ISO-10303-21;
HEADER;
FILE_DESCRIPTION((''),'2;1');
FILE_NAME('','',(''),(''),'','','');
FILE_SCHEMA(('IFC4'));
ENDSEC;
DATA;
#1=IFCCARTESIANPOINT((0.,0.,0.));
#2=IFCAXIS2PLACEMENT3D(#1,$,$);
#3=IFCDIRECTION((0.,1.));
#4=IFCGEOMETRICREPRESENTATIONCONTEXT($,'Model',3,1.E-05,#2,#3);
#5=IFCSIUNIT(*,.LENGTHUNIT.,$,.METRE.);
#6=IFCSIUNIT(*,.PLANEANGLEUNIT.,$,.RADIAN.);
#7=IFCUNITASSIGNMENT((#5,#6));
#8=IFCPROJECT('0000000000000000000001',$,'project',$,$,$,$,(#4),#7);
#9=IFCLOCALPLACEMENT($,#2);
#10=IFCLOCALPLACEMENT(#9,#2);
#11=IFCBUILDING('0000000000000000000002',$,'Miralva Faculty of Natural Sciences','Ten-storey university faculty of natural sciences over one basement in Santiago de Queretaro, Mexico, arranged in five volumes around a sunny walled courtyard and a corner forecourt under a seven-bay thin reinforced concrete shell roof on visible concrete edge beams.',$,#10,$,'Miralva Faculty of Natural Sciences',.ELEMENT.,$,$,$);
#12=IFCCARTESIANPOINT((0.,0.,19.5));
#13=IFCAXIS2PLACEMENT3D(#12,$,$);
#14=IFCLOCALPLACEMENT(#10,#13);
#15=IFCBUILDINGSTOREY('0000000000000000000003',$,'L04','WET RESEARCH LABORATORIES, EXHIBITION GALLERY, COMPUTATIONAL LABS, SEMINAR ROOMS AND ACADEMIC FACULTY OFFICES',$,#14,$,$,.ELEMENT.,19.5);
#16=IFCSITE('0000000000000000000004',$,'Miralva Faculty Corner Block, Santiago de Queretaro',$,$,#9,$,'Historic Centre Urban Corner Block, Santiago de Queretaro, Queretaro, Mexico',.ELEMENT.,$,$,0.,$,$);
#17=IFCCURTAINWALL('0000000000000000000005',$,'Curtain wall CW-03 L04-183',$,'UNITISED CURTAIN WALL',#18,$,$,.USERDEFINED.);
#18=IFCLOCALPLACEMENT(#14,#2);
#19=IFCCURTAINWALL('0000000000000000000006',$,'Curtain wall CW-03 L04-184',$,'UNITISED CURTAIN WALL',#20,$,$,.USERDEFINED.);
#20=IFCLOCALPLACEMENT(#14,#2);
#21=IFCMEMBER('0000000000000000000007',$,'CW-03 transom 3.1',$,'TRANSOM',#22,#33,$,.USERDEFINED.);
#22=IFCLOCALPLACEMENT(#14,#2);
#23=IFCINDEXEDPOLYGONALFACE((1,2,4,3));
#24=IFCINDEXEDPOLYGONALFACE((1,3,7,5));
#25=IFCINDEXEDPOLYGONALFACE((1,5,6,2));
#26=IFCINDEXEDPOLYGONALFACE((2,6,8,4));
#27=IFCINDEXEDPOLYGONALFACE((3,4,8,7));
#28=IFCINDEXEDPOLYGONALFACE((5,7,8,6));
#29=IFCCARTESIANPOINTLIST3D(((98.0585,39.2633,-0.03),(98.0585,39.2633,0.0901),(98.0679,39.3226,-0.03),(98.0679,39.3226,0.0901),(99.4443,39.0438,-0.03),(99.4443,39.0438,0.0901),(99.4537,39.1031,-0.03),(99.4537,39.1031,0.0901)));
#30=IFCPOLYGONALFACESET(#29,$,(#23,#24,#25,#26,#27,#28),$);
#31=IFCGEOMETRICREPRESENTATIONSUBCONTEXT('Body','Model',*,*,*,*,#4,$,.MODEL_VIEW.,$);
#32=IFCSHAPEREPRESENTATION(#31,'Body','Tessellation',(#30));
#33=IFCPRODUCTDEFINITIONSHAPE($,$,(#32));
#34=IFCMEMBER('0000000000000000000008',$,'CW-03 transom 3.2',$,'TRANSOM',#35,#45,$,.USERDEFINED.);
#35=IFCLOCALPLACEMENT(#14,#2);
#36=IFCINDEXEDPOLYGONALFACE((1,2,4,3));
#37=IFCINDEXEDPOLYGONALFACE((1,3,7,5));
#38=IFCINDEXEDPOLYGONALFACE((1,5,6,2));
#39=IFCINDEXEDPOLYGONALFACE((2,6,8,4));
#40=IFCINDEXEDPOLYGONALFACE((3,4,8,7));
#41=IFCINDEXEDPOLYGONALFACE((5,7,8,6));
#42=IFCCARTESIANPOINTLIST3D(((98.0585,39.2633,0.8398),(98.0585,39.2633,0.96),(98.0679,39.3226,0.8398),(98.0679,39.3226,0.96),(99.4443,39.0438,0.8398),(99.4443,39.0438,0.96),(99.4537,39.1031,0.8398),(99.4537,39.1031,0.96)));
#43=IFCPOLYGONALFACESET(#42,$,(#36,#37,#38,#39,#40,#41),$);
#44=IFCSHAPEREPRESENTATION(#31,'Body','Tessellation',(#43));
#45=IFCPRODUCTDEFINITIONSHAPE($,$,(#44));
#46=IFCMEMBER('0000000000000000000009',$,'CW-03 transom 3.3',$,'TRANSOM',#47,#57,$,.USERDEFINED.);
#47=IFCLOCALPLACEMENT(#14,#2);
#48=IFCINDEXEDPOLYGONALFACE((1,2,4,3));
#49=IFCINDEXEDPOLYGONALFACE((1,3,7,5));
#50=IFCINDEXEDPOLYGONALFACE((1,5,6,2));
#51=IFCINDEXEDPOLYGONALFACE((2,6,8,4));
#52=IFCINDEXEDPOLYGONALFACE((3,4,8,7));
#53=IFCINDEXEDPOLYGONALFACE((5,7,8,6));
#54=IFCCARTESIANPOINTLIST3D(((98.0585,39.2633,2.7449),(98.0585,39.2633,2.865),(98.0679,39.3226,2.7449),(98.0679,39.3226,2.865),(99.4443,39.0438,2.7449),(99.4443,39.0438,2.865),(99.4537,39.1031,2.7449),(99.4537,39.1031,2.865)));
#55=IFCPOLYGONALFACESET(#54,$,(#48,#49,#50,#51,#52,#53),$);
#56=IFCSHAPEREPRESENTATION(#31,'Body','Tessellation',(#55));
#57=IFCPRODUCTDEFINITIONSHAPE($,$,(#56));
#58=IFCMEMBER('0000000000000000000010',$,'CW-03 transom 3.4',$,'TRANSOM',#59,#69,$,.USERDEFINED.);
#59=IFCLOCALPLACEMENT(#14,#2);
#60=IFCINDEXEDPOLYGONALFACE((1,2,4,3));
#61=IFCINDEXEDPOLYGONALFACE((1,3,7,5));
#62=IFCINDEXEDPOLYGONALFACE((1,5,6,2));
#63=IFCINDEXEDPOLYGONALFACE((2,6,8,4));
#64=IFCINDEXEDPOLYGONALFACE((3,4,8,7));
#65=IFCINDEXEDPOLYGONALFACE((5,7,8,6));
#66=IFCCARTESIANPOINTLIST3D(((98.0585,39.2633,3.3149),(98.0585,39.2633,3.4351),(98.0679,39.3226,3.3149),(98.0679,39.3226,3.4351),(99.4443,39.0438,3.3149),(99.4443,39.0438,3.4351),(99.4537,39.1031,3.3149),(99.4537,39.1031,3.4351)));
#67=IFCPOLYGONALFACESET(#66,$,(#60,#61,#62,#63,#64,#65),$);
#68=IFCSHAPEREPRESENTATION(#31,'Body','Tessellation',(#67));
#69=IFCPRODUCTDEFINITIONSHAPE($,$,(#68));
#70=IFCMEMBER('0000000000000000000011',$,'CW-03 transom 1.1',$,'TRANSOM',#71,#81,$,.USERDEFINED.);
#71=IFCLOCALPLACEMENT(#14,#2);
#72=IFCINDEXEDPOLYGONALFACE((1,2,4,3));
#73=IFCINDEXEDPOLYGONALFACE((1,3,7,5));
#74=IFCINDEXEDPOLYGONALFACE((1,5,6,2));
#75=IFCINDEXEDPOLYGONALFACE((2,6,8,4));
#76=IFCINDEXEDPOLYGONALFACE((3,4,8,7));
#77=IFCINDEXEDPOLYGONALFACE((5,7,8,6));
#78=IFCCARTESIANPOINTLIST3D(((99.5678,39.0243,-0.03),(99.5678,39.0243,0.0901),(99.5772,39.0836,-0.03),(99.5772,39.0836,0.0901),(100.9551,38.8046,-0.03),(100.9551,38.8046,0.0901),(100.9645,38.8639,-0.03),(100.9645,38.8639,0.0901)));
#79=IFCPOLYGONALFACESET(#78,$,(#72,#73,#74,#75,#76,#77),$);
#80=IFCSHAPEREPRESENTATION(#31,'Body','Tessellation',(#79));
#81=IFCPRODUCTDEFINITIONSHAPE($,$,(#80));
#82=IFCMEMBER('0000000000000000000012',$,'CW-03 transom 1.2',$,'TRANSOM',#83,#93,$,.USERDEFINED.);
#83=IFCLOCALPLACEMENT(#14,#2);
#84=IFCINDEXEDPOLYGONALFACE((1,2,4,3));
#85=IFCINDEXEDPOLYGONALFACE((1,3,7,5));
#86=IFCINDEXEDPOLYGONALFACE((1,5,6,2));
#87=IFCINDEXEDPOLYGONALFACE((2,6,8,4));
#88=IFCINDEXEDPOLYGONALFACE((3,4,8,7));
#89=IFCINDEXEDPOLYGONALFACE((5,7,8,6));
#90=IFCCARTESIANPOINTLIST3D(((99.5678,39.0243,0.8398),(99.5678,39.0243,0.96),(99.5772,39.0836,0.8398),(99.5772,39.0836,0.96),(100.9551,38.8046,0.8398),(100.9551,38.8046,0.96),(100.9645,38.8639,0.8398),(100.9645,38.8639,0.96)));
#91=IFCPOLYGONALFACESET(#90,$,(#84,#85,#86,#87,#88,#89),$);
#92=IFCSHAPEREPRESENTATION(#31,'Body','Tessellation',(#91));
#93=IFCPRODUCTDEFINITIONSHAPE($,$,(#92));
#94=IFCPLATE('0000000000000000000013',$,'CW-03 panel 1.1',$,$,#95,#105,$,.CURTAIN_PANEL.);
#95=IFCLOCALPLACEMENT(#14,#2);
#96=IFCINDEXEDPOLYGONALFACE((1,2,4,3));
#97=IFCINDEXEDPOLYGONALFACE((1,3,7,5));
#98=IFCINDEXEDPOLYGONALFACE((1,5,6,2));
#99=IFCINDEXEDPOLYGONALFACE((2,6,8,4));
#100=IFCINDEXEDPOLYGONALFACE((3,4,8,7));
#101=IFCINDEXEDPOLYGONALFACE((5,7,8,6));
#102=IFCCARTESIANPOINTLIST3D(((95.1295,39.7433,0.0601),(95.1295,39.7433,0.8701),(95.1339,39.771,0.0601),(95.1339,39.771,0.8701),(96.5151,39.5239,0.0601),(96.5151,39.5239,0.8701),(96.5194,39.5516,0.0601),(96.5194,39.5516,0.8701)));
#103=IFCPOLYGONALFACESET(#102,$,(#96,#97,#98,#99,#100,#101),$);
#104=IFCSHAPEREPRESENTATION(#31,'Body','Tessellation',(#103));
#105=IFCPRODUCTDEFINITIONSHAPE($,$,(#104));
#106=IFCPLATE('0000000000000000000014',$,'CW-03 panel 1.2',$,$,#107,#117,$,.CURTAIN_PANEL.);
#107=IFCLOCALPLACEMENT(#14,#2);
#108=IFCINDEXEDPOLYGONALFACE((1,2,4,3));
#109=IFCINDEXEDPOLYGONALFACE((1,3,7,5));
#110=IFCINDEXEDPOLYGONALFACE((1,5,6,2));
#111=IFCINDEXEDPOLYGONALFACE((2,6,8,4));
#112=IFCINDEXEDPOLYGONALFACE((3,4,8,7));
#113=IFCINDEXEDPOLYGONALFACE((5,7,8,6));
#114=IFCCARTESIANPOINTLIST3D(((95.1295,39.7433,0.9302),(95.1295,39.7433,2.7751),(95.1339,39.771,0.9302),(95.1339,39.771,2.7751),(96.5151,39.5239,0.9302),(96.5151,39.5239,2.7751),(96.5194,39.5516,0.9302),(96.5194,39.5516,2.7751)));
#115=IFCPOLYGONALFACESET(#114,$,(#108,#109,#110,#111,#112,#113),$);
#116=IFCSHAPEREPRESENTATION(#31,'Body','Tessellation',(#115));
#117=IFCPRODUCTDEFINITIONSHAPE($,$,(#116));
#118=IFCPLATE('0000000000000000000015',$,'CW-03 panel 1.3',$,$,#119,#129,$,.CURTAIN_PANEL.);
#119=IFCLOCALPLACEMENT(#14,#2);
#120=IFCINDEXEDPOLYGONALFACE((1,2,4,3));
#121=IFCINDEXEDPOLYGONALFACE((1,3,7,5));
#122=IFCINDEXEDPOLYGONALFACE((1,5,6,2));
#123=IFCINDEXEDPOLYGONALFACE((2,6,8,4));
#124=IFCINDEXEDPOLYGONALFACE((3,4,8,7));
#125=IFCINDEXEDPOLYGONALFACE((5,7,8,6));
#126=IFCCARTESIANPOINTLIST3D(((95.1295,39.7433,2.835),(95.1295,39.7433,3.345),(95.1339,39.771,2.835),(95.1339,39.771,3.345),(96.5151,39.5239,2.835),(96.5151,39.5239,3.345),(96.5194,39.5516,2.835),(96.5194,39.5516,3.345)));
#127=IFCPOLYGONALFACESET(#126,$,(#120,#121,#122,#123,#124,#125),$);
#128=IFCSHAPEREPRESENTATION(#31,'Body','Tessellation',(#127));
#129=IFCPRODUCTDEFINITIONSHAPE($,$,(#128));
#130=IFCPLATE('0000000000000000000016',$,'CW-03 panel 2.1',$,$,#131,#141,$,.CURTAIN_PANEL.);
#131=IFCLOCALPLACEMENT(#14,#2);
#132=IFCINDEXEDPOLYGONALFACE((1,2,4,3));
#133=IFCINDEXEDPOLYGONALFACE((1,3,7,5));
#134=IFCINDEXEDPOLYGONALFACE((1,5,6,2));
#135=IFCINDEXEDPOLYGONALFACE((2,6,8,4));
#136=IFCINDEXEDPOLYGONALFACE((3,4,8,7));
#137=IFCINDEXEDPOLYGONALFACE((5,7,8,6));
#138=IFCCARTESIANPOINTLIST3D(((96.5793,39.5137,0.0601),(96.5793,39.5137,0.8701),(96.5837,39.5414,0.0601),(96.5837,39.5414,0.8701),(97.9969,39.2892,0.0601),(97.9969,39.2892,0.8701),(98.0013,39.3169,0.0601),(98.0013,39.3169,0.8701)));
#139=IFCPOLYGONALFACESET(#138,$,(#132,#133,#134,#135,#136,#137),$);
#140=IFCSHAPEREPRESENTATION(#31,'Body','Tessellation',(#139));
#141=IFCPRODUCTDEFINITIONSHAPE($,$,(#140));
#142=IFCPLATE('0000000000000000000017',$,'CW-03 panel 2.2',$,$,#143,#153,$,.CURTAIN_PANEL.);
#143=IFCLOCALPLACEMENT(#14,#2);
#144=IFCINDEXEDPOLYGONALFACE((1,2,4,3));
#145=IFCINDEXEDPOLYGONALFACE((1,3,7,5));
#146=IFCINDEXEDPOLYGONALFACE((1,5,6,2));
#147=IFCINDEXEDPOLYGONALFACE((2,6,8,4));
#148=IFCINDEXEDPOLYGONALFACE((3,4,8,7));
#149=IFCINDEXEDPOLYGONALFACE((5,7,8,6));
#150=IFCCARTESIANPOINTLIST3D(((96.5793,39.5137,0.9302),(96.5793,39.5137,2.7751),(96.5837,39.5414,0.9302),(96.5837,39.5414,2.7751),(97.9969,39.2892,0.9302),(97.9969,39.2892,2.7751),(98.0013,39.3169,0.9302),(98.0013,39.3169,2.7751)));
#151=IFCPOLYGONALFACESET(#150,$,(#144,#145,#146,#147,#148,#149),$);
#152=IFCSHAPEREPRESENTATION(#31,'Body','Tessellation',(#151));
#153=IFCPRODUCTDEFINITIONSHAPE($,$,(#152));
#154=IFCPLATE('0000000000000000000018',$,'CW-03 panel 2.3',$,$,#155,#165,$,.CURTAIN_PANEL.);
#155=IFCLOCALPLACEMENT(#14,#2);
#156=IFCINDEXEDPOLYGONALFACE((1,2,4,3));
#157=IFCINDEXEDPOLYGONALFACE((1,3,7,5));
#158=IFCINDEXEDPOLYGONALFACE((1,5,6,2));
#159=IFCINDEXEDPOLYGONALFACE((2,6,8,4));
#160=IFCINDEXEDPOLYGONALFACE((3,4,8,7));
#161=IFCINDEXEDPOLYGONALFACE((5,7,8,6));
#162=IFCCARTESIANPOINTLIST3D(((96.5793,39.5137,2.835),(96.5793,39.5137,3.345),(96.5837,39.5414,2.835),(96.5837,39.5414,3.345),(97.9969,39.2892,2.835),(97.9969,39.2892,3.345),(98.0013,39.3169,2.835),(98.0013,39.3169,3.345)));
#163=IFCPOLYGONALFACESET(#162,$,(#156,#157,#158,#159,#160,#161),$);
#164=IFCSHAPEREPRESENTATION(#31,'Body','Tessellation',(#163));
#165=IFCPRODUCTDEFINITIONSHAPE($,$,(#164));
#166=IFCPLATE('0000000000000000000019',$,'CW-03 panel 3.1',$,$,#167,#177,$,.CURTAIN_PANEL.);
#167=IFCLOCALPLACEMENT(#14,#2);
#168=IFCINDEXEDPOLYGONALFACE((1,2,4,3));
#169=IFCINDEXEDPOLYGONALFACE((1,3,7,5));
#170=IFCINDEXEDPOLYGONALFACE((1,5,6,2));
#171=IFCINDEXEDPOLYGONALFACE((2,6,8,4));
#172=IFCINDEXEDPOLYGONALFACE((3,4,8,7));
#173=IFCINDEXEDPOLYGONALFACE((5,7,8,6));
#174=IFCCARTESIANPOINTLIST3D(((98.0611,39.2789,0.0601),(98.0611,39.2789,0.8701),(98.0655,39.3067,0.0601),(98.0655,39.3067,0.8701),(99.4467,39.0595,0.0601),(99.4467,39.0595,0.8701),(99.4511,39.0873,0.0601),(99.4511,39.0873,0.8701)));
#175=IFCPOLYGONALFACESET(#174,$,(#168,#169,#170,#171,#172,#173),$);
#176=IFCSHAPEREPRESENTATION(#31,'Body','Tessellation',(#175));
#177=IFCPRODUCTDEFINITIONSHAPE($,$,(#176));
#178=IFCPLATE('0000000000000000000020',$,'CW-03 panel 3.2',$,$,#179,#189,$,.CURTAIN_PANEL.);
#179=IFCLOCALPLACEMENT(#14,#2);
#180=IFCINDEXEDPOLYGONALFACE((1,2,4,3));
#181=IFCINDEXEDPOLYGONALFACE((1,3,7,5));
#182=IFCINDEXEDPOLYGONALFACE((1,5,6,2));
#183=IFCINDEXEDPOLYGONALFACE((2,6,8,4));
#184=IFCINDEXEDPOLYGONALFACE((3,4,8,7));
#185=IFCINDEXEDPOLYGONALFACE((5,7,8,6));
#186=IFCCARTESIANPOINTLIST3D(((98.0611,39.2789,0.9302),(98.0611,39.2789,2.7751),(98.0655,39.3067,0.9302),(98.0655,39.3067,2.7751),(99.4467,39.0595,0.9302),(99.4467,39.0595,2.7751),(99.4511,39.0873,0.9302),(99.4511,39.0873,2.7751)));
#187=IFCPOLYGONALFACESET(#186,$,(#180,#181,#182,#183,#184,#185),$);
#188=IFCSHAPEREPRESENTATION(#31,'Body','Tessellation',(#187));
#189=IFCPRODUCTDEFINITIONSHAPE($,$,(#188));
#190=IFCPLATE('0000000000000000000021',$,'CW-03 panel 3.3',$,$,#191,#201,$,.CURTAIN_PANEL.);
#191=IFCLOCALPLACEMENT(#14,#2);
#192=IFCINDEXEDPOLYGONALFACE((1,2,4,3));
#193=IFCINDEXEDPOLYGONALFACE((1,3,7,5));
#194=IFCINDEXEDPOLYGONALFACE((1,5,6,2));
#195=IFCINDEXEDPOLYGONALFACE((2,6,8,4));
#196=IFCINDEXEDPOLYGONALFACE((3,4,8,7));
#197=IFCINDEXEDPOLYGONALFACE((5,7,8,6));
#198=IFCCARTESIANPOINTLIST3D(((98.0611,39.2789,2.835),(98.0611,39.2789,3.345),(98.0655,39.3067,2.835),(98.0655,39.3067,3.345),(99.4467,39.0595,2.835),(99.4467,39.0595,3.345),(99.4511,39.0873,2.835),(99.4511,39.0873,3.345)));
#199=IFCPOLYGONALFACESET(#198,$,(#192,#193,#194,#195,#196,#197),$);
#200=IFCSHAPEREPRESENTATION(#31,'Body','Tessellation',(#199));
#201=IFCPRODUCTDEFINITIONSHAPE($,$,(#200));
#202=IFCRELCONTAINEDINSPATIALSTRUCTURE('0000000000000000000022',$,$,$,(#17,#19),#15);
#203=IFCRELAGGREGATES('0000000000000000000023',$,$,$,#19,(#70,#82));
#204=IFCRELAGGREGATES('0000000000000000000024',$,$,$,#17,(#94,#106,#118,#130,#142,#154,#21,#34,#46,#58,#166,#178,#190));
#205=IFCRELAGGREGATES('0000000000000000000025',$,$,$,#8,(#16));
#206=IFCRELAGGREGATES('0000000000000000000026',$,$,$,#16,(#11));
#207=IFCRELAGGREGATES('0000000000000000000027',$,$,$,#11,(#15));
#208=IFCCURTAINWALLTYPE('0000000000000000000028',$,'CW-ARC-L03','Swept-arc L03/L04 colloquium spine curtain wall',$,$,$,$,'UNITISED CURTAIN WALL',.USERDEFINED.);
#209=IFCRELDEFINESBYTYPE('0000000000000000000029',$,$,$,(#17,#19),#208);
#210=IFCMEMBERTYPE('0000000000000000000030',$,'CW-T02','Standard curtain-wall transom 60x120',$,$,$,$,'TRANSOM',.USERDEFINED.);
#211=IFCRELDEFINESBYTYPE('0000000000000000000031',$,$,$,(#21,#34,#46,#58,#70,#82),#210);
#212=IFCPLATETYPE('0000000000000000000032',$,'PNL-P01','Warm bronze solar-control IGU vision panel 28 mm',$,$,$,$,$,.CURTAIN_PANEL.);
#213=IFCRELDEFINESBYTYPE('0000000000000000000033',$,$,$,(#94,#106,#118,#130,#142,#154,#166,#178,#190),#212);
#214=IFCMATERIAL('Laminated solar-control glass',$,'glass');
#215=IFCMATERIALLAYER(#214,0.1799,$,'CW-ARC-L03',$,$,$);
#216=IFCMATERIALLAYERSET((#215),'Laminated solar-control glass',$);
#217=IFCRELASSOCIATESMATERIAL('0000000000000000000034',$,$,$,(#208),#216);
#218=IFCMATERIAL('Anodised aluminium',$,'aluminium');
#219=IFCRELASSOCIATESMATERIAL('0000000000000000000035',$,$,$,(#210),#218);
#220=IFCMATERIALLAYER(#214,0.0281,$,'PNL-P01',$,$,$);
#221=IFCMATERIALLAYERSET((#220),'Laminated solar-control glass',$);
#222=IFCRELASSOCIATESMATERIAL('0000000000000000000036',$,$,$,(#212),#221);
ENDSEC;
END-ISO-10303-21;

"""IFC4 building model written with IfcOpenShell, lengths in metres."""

from ifc_helpers import new_model, si_unit, direction, frame, origin, origin_2d, place, context, subcontext, project, spatial, rectangle, extrude, material, layer, layer_set, material_profile, profile_set, type_object, element, aggregate, save


model = new_model("IFC4")

# Units and contexts
model_context = context("Model", 3, precision=1e-05, world=origin(), true_north=direction((0.0, 1.0)))
body_context = subcontext(model_context, "Body", "Model", "MODEL_VIEW")
ifc_project = project(units=[si_unit("LENGTHUNIT", "METRE"), si_unit("PLANEANGLEUNIT", "RADIAN")], contexts=[model_context])

# Site, building, storey
site_placement = place(None, origin())
site = spatial("IfcSite", under=ifc_project, at=site_placement, Name="Miralva Faculty Corner Block, Santiago de Queretaro", LongName="Historic Centre Urban Corner Block, Santiago de Queretaro, Queretaro, Mexico", CompositionType="ELEMENT", RefElevation=0.0)
building_placement = place(site_placement, origin())
building = spatial("IfcBuilding", under=site, at=building_placement, Name="Miralva Faculty of Natural Sciences", Description="Ten-storey university faculty of natural sciences over one basement in Santiago de Queretaro, Mexico, arranged in five volumes around a sunny walled courtyard and a corner forecourt under a seven-bay thin reinforced concrete shell roof on visible concrete edge beams.", LongName="Miralva Faculty of Natural Sciences", CompositionType="ELEMENT")
storey_placement = place(building_placement, frame((0.0, 0.0, 19.5)))
storey = spatial("IfcBuildingStorey", under=building, at=storey_placement, Name="L04", Description="WET RESEARCH LABORATORIES, EXHIBITION GALLERY, COMPUTATIONAL LABS, SEMINAR ROOMS AND ACADEMIC FACULTY OFFICES", CompositionType="ELEMENT", Elevation=19.5)

# Curtain wall
ifc_material_1 = material(Name="Laminated solar-control glass", Category="glass")
ifc_layer_1 = layer(ifc_material_1, 0.1799, Name="CW-ARC-L03")
ifc_layer_set_1 = layer_set([ifc_layer_1], Name="Laminated solar-control glass")
curtain_wall_type = type_object("IfcCurtainWallType", Name="CW-ARC-L03", Description="Swept-arc L03/L04 colloquium spine curtain wall", ElementType="UNITISED CURTAIN WALL", PredefinedType="USERDEFINED", material=ifc_layer_set_1)
curtain_wall_1_placement = place(storey_placement, origin())
curtain_wall_1 = element("IfcCurtainWall", 1, at=curtain_wall_1_placement, inside=storey, type_object=curtain_wall_type, Name="Curtain wall CW-03 L04-183", ObjectType="UNITISED CURTAIN WALL", PredefinedType="USERDEFINED")
ifc_material_2 = material(Name="Anodised aluminium", Category="aluminium")

# Curtain wall
curtain_wall_2_placement = place(storey_placement, origin())
curtain_wall_2 = element("IfcCurtainWall", 2, at=curtain_wall_2_placement, inside=storey, type_object=curtain_wall_type, Name="Curtain wall CW-03 L04-184", ObjectType="UNITISED CURTAIN WALL", PredefinedType="USERDEFINED")

# Members
ifc_material_profile_1 = material_profile(ifc_material_2, rectangle(XDim=0.0601, YDim=0.1201, at=origin_2d()), Name="TRANSOM 60x120")
ifc_profile_set_1 = profile_set([ifc_material_profile_1], Name="Anodised aluminium")
member_type_1 = type_object("IfcMemberType", Name="CW-T02", Description="Standard curtain-wall transom 60x120", ElementType="TRANSOM", PredefinedType="USERDEFINED", material=ifc_profile_set_1)
member_1_placement = place(storey_placement, frame((98.0632, 39.293, 0.03), z_axis=(0.987688, -0.156436, 0.0), x_axis=(0.156436, 0.987688, 0.0)))
member_1 = element("IfcMember", 3, at=member_1_placement, type_object=member_type_1, Name="CW-03 transom 3.1", ObjectType="TRANSOM", PredefinedType="USERDEFINED", context=body_context, shape_type="SweptSolid", body=[
    extrude(rectangle(XDim=0.0601, YDim=0.1201, at=origin_2d()), origin(), (0.0, 0.0, 1.0), 1.4031),
])
member_2_placement = place(storey_placement, frame((98.0632, 39.293, 0.8999), z_axis=(0.987688, -0.156436, 0.0), x_axis=(0.156436, 0.987688, 0.0)))
member_2 = element("IfcMember", 4, at=member_2_placement, type_object=member_type_1, Name="CW-03 transom 3.2", ObjectType="TRANSOM", PredefinedType="USERDEFINED", context=body_context, shape_type="SweptSolid", body=[
    extrude(rectangle(XDim=0.0601, YDim=0.1201, at=origin_2d()), origin(), (0.0, 0.0, 1.0), 1.4031),
])
member_3_placement = place(storey_placement, frame((98.0632, 39.293, 2.8049), z_axis=(0.987688, -0.156436, 0.0), x_axis=(0.156436, 0.987688, 0.0)))
member_3 = element("IfcMember", 5, at=member_3_placement, type_object=member_type_1, Name="CW-03 transom 3.3", ObjectType="TRANSOM", PredefinedType="USERDEFINED", context=body_context, shape_type="SweptSolid", body=[
    extrude(rectangle(XDim=0.0601, YDim=0.1201, at=origin_2d()), origin(), (0.0, 0.0, 1.0), 1.4031),
])
member_4_placement = place(storey_placement, frame((98.0632, 39.293, 3.375), z_axis=(0.987688, -0.156436, 0.0), x_axis=(0.156436, 0.987688, 0.0)))
member_4 = element("IfcMember", 6, at=member_4_placement, type_object=member_type_1, Name="CW-03 transom 3.4", ObjectType="TRANSOM", PredefinedType="USERDEFINED", context=body_context, shape_type="SweptSolid", body=[
    extrude(rectangle(XDim=0.0601, YDim=0.1201, at=origin_2d()), origin(), (0.0, 0.0, 1.0), 1.4031),
])
member_5_placement = place(storey_placement, frame((99.5725, 39.054, 0.03), z_axis=(0.987687, -0.156445, 0.0), x_axis=(0.156445, 0.987687, 0.0)))
member_5 = element("IfcMember", 7, at=member_5_placement, type_object=member_type_1, Name="CW-03 transom 1.1", ObjectType="TRANSOM", PredefinedType="USERDEFINED", context=body_context, shape_type="SweptSolid", body=[
    extrude(rectangle(XDim=0.0601, YDim=0.1201, at=origin_2d()), origin(), (0.0, 0.0, 1.0), 1.4045),
])
member_6_placement = place(storey_placement, frame((99.5725, 39.054, 0.8999), z_axis=(0.987687, -0.156445, 0.0), x_axis=(0.156445, 0.987687, 0.0)))
member_6 = element("IfcMember", 8, at=member_6_placement, type_object=member_type_1, Name="CW-03 transom 1.2", ObjectType="TRANSOM", PredefinedType="USERDEFINED", context=body_context, shape_type="SweptSolid", body=[
    extrude(rectangle(XDim=0.0601, YDim=0.1201, at=origin_2d()), origin(), (0.0, 0.0, 1.0), 1.4045),
])
aggregate(curtain_wall_2, [member_5, member_6])

# Plates
ifc_layer_2 = layer(ifc_material_1, 0.0281, Name="PNL-P01")
ifc_layer_set_2 = layer_set([ifc_layer_2], Name="Laminated solar-control glass")
plate_type = type_object("IfcPlateType", Name="PNL-P01", Description="Warm bronze solar-control IGU vision panel 28 mm", PredefinedType="CURTAIN_PANEL", material=ifc_layer_set_2)
plate_1_placement = place(storey_placement, frame((95.8245, 39.6475, 0.0601), z_axis=(0.0, 0.0, 1.0), x_axis=(0.987692, -0.15641, 0.0)))
plate_1 = element("IfcPlate", 9, at=plate_1_placement, type_object=plate_type, Name="CW-03 panel 1.1", PredefinedType="CURTAIN_PANEL", context=body_context, shape_type="SweptSolid", body=[
    extrude(rectangle(XDim=1.4028, YDim=0.0281, at=origin_2d()), origin(), (0.0, 0.0, 1.0), 0.8101),
])
plate_2_placement = place(storey_placement, frame((95.8245, 39.6475, 0.9302), z_axis=(0.0, 0.0, 1.0), x_axis=(0.987692, -0.15641, 0.0)))
plate_2 = element("IfcPlate", 10, at=plate_2_placement, type_object=plate_type, Name="CW-03 panel 1.2", PredefinedType="CURTAIN_PANEL", context=body_context, shape_type="SweptSolid", body=[
    extrude(rectangle(XDim=1.4028, YDim=0.0281, at=origin_2d()), origin(), (0.0, 0.0, 1.0), 1.845),
])
plate_3_placement = place(storey_placement, frame((95.8245, 39.6475, 2.835), z_axis=(0.0, 0.0, 1.0), x_axis=(0.987692, -0.15641, 0.0)))
plate_3 = element("IfcPlate", 11, at=plate_3_placement, type_object=plate_type, Name="CW-03 panel 1.3", PredefinedType="CURTAIN_PANEL", context=body_context, shape_type="SweptSolid", body=[
    extrude(rectangle(XDim=1.4028, YDim=0.0281, at=origin_2d()), origin(), (0.0, 0.0, 1.0), 0.51),
])
plate_4_placement = place(storey_placement, frame((97.2903, 39.4153, 0.0601), z_axis=(0.0, 0.0, 1.0), x_axis=(0.987692, -0.15641, 0.0)))
plate_4 = element("IfcPlate", 12, at=plate_4_placement, type_object=plate_type, Name="CW-03 panel 2.1", PredefinedType="CURTAIN_PANEL", context=body_context, shape_type="SweptSolid", body=[
    extrude(rectangle(XDim=1.4353, YDim=0.0281, at=origin_2d()), origin(), (0.0, 0.0, 1.0), 0.8101),
])
plate_5_placement = place(storey_placement, frame((97.2903, 39.4153, 0.9302), z_axis=(0.0, 0.0, 1.0), x_axis=(0.987692, -0.15641, 0.0)))
plate_5 = element("IfcPlate", 13, at=plate_5_placement, type_object=plate_type, Name="CW-03 panel 2.2", PredefinedType="CURTAIN_PANEL", context=body_context, shape_type="SweptSolid", body=[
    extrude(rectangle(XDim=1.4353, YDim=0.0281, at=origin_2d()), origin(), (0.0, 0.0, 1.0), 1.845),
])
plate_6_placement = place(storey_placement, frame((97.2903, 39.4153, 2.835), z_axis=(0.0, 0.0, 1.0), x_axis=(0.987692, -0.15641, 0.0)))
plate_6 = element("IfcPlate", 14, at=plate_6_placement, type_object=plate_type, Name="CW-03 panel 2.3", PredefinedType="CURTAIN_PANEL", context=body_context, shape_type="SweptSolid", body=[
    extrude(rectangle(XDim=1.4353, YDim=0.0281, at=origin_2d()), origin(), (0.0, 0.0, 1.0), 0.51),
])
plate_7_placement = place(storey_placement, frame((98.7561, 39.1831, 0.0601), z_axis=(0.0, 0.0, 1.0), x_axis=(0.987692, -0.15641, 0.0)))
plate_7 = element("IfcPlate", 15, at=plate_7_placement, type_object=plate_type, Name="CW-03 panel 3.1", PredefinedType="CURTAIN_PANEL", context=body_context, shape_type="SweptSolid", body=[
    extrude(rectangle(XDim=1.4028, YDim=0.0281, at=origin_2d()), origin(), (0.0, 0.0, 1.0), 0.8101),
])
plate_8_placement = place(storey_placement, frame((98.7561, 39.1831, 0.9302), z_axis=(0.0, 0.0, 1.0), x_axis=(0.987692, -0.15641, 0.0)))
plate_8 = element("IfcPlate", 16, at=plate_8_placement, type_object=plate_type, Name="CW-03 panel 3.2", PredefinedType="CURTAIN_PANEL", context=body_context, shape_type="SweptSolid", body=[
    extrude(rectangle(XDim=1.4028, YDim=0.0281, at=origin_2d()), origin(), (0.0, 0.0, 1.0), 1.845),
])
plate_9_placement = place(storey_placement, frame((98.7561, 39.1831, 2.835), z_axis=(0.0, 0.0, 1.0), x_axis=(0.987692, -0.15641, 0.0)))
plate_9 = element("IfcPlate", 17, at=plate_9_placement, type_object=plate_type, Name="CW-03 panel 3.3", PredefinedType="CURTAIN_PANEL", context=body_context, shape_type="SweptSolid", body=[
    extrude(rectangle(XDim=1.4028, YDim=0.0281, at=origin_2d()), origin(), (0.0, 0.0, 1.0), 0.51),
])
aggregate(curtain_wall_1, [plate_1, plate_2, plate_3, plate_4, plate_5, plate_6, member_1, member_2, member_3, member_4, plate_7, plate_8, plate_9])

save(model, "model.ifc")
